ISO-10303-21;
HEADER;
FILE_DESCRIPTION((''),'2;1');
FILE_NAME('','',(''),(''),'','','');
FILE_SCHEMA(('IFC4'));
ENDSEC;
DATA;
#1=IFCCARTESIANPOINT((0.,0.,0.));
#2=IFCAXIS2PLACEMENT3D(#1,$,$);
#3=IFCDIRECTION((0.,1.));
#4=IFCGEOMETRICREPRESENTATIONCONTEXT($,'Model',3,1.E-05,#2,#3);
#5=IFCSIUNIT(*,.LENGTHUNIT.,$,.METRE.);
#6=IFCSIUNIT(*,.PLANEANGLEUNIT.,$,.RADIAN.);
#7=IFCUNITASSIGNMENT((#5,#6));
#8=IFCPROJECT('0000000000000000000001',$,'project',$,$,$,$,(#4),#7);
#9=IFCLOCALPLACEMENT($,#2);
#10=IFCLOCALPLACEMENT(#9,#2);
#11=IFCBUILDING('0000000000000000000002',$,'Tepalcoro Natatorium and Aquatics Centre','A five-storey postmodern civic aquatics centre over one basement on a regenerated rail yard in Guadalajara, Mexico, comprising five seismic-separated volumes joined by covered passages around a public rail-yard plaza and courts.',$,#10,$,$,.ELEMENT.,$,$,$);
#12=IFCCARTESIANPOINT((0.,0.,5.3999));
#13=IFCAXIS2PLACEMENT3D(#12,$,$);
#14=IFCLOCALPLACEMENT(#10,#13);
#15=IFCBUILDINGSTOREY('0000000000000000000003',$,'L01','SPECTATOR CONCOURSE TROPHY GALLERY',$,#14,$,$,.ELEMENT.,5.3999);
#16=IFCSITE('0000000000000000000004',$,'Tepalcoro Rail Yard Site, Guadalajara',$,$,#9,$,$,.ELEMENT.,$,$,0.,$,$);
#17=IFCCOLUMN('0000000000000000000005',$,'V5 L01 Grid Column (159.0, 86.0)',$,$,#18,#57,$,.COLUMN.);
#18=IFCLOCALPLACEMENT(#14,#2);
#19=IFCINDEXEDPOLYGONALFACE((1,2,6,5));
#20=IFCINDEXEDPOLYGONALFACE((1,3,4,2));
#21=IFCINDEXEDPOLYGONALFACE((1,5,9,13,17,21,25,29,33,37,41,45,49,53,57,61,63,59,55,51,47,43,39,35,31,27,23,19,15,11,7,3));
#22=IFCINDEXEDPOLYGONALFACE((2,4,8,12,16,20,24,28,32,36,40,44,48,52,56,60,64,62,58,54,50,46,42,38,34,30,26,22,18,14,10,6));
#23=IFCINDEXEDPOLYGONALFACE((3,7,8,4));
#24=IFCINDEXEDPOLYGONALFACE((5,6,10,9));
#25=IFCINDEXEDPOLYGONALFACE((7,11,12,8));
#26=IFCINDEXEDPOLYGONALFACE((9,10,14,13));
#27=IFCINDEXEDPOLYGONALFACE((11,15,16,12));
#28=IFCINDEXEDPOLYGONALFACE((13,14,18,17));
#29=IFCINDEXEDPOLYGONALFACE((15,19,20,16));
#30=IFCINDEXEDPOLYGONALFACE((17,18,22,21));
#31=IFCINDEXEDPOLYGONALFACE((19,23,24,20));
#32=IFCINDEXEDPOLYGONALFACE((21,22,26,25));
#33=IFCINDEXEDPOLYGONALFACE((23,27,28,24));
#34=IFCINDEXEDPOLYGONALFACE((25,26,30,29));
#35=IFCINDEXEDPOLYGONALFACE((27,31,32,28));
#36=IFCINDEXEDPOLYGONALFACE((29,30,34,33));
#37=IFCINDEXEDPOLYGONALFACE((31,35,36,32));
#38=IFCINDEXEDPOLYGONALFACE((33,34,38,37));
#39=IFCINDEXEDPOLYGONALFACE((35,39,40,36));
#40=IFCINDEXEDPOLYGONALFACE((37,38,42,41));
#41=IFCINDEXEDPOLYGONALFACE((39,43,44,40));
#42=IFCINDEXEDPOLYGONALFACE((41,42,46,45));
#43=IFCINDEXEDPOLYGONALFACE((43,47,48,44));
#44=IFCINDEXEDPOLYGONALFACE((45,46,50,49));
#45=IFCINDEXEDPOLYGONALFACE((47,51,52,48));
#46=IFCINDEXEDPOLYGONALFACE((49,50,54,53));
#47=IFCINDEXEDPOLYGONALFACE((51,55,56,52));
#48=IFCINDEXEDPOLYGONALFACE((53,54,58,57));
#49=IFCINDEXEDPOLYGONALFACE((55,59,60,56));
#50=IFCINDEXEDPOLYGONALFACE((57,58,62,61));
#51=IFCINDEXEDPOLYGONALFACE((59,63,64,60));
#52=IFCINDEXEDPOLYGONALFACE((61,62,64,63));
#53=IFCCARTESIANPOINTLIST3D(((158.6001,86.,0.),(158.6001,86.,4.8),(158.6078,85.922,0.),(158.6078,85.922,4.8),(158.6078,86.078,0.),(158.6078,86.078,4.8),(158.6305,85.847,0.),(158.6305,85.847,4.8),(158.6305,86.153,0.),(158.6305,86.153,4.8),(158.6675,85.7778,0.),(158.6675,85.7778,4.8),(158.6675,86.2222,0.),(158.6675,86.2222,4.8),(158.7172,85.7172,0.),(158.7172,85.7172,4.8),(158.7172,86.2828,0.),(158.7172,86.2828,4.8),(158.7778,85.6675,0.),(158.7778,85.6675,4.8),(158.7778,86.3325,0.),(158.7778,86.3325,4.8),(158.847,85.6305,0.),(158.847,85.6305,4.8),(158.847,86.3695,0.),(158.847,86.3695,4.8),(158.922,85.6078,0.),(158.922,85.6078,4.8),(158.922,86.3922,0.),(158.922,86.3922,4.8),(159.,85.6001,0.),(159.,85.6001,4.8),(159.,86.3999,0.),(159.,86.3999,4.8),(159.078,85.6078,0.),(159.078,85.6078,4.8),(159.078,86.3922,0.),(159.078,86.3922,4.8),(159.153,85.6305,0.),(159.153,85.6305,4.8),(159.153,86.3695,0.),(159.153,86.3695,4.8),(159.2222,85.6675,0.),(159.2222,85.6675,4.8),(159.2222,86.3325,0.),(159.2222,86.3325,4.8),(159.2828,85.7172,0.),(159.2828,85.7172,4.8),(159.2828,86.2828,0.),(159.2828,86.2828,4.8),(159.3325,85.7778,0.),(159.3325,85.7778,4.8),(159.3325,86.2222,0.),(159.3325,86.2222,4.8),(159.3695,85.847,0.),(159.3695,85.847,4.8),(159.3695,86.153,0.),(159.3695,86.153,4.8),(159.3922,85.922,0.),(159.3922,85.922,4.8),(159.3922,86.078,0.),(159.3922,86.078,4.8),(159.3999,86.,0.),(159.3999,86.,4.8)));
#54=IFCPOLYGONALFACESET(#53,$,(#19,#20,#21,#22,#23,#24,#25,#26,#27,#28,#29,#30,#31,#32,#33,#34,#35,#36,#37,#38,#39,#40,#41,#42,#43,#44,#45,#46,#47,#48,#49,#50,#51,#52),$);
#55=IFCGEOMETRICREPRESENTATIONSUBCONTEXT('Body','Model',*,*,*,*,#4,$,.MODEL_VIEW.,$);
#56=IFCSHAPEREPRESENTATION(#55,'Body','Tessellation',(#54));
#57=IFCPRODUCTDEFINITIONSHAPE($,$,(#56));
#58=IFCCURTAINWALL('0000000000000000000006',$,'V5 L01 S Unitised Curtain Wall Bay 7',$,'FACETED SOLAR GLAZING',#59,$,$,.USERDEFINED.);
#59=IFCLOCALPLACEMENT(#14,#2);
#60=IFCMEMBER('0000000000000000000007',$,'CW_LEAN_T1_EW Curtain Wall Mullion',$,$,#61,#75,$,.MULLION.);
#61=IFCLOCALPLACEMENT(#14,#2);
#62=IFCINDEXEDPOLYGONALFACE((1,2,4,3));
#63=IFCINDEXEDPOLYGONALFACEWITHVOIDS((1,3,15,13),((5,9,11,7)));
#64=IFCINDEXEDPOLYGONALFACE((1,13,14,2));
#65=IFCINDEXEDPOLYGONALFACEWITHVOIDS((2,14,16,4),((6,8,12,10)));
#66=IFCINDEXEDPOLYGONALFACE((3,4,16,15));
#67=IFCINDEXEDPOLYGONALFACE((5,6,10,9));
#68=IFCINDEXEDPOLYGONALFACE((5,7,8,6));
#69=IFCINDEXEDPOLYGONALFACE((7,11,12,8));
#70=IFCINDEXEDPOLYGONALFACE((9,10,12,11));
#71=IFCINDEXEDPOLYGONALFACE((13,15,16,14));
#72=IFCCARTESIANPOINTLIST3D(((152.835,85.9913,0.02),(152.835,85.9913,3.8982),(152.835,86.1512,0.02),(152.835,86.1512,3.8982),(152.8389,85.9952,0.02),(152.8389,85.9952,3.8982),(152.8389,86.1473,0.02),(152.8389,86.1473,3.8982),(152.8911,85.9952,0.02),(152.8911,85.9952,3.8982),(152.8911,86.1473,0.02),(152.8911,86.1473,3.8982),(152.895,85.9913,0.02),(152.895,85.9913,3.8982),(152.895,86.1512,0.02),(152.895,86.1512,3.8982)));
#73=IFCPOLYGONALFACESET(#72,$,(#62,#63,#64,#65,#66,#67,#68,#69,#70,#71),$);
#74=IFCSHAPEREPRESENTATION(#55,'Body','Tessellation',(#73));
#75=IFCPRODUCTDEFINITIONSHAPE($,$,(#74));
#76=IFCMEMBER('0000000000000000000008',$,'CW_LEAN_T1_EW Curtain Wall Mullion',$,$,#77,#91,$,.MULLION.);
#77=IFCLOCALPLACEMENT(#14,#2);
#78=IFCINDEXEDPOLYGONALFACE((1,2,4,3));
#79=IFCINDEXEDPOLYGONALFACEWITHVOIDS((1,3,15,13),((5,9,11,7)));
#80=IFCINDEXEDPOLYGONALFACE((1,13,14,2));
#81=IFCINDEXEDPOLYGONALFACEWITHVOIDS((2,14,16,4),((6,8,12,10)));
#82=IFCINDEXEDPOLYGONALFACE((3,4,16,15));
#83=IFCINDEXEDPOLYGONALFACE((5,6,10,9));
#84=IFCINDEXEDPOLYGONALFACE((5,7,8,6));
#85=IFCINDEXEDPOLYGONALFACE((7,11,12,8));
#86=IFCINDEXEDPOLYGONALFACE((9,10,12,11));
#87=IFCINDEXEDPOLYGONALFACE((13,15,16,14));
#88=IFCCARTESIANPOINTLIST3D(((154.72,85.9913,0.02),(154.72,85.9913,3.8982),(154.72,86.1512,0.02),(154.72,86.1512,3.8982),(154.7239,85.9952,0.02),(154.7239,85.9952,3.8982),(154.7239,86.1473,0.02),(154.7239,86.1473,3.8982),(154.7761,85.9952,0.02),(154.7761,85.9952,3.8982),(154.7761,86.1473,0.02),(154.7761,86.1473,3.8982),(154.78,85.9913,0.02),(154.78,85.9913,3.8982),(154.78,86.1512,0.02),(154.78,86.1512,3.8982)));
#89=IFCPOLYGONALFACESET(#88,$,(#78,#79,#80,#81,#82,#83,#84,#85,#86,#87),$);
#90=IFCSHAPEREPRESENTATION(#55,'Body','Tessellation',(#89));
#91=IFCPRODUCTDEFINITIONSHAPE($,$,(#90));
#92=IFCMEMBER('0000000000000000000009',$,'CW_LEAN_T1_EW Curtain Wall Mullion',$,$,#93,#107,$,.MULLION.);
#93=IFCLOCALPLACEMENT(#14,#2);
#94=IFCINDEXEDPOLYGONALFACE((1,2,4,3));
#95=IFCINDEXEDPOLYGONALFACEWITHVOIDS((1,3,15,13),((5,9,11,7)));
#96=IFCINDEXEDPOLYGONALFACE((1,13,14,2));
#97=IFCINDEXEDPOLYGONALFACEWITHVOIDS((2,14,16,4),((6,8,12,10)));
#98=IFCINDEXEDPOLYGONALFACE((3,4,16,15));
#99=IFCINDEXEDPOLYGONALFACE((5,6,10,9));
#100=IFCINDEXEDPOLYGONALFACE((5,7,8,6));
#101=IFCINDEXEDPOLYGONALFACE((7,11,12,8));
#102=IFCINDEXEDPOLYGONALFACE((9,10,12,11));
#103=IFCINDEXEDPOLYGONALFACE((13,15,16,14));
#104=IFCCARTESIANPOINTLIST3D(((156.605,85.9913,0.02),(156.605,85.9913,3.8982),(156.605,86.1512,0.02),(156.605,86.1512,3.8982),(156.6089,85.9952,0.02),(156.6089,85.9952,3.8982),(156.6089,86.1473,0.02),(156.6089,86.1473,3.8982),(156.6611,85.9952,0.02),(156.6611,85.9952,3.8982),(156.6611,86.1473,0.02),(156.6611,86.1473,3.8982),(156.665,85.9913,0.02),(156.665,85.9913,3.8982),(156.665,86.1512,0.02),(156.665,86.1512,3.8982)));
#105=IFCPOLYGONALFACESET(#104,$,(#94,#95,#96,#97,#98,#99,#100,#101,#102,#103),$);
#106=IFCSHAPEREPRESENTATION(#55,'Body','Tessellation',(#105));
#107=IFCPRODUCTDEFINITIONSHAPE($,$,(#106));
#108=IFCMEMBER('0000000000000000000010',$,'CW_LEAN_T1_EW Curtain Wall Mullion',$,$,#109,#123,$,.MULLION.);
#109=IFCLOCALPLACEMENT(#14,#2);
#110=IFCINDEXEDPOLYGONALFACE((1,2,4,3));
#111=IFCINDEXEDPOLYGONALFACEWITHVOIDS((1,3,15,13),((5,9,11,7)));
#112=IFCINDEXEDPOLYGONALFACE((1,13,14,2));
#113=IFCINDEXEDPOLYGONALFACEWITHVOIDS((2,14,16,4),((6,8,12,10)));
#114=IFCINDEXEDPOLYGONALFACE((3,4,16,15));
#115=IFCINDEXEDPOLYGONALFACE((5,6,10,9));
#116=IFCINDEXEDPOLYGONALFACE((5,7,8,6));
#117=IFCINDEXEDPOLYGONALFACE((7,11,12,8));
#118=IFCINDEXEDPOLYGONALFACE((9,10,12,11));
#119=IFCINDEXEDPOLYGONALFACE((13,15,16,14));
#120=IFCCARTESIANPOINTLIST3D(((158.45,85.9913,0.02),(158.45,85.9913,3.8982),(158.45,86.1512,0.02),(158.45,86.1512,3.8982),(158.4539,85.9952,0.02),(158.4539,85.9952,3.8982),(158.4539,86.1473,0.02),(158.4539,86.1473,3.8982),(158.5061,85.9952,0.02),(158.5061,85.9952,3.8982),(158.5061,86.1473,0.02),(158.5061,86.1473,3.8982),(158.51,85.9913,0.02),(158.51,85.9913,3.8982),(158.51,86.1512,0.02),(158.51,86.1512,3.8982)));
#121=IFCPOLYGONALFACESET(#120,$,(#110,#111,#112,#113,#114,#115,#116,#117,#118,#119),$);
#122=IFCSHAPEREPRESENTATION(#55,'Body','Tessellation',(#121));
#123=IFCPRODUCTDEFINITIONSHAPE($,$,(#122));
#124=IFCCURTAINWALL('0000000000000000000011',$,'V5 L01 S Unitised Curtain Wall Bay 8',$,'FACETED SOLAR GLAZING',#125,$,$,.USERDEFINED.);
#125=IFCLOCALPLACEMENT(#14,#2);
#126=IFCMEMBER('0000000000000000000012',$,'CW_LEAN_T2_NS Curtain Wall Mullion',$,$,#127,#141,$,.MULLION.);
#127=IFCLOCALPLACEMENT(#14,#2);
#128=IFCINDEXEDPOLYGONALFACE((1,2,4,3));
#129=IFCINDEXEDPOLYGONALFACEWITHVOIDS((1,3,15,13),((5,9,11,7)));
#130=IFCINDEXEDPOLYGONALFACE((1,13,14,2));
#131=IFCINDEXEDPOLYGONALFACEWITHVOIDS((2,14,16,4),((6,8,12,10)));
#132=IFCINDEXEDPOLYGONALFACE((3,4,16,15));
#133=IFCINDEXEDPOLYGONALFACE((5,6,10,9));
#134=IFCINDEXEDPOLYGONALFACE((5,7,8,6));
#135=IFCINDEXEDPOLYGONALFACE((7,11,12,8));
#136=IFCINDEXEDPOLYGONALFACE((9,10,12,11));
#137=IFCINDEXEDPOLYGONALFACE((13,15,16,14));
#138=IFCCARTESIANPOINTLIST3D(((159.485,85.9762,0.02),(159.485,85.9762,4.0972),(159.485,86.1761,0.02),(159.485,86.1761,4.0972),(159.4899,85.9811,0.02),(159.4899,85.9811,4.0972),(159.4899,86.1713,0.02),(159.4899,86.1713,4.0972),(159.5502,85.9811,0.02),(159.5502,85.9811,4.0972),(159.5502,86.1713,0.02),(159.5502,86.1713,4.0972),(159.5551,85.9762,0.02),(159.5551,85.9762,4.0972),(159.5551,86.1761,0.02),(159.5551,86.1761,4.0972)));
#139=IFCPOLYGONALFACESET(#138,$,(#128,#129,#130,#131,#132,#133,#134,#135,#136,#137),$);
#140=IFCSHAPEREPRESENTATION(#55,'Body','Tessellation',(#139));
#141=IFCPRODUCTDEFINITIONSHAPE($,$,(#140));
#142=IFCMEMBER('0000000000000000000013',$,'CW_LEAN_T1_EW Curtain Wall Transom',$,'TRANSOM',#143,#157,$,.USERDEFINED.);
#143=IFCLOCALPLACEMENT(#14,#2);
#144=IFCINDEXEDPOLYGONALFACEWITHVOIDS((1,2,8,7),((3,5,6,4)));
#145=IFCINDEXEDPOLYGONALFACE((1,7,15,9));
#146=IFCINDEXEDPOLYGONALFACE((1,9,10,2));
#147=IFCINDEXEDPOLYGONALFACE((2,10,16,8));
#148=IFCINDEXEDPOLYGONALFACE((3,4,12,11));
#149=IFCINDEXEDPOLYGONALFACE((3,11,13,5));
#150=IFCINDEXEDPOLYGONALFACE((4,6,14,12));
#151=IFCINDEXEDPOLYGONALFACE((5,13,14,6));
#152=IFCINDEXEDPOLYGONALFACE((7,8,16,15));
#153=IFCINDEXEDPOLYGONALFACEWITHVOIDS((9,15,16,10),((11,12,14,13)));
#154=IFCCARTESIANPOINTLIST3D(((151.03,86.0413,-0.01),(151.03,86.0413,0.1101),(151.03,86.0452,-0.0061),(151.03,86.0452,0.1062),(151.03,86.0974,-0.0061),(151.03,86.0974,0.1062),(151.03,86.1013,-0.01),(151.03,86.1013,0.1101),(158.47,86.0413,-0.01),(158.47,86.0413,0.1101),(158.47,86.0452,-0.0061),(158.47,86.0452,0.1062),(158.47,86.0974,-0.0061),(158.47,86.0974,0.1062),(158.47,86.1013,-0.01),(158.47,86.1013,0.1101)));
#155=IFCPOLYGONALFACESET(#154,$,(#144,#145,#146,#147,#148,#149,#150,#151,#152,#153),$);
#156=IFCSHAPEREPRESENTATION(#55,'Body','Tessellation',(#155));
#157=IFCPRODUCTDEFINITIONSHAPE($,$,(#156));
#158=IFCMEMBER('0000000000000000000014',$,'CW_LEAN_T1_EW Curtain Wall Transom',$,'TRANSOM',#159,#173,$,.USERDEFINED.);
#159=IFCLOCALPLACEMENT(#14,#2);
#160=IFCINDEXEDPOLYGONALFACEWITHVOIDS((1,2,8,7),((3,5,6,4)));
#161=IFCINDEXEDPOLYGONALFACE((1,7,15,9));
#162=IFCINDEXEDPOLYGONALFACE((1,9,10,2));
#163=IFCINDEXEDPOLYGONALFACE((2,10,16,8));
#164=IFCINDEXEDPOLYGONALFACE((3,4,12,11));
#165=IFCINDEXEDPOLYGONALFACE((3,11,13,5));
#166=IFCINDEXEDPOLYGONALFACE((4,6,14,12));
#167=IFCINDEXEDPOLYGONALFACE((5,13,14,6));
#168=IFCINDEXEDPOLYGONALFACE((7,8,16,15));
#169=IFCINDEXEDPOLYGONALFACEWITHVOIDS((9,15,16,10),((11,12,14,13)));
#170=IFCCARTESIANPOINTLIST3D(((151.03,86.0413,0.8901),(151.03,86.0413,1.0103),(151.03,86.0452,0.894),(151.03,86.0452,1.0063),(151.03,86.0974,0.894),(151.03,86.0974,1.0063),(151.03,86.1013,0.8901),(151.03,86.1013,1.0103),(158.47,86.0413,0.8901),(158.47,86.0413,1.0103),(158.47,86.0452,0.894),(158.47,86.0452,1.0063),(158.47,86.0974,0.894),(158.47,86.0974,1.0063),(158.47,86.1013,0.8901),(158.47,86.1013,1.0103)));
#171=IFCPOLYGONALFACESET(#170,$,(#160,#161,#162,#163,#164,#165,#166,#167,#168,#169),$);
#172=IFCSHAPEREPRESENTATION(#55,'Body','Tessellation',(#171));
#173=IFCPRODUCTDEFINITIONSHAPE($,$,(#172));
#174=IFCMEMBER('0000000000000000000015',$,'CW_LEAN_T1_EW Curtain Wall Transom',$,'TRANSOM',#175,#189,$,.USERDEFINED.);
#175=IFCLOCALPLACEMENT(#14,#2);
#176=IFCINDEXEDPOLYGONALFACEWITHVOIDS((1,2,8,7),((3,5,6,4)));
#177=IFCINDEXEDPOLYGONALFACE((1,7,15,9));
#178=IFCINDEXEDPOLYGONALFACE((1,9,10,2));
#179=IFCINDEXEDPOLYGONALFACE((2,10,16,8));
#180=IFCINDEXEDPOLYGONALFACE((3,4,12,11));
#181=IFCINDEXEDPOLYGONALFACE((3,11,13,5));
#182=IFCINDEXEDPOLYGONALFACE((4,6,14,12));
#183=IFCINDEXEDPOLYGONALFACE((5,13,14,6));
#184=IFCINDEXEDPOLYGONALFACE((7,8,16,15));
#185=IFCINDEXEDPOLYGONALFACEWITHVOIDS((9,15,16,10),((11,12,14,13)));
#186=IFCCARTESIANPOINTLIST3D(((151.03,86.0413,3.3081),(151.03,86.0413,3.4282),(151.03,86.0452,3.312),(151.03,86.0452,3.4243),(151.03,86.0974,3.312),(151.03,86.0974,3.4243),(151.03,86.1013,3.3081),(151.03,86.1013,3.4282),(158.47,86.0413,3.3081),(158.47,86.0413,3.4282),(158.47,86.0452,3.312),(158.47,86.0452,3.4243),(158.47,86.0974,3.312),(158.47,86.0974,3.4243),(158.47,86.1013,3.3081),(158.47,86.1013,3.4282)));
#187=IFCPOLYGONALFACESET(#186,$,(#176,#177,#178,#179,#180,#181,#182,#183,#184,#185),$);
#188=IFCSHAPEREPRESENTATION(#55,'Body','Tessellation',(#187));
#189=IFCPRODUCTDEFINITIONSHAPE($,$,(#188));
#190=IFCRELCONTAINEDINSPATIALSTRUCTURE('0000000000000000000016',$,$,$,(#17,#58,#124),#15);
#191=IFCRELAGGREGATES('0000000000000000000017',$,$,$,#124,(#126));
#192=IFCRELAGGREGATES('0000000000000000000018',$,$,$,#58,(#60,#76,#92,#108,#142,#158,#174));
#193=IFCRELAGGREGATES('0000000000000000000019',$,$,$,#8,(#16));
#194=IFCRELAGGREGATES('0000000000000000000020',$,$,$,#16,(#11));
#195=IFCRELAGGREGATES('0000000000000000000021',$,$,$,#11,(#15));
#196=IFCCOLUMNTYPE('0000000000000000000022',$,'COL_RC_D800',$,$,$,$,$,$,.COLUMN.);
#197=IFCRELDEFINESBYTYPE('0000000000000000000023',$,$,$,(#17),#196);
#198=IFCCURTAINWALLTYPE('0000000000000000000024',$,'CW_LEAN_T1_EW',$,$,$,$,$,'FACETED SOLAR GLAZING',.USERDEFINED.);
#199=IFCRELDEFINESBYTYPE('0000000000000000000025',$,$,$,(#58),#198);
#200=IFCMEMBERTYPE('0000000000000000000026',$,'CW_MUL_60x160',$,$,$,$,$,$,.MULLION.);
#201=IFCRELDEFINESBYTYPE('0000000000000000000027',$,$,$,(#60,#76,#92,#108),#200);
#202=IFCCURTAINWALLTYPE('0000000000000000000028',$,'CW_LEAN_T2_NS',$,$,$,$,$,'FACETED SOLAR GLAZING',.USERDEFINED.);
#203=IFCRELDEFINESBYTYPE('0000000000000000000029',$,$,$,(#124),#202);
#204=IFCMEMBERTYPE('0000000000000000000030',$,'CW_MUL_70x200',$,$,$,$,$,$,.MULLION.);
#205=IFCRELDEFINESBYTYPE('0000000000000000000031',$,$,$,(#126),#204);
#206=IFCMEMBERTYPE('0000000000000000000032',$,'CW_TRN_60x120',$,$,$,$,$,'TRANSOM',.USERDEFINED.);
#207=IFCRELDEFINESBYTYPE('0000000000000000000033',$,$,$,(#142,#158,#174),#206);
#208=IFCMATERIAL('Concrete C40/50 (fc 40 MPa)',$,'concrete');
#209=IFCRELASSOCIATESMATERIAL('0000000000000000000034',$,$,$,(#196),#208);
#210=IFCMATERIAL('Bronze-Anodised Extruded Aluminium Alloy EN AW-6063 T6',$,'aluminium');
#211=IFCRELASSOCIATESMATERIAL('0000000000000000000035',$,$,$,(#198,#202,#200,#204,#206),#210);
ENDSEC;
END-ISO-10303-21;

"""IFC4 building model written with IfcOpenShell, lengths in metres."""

from ifc_helpers import new_model, si_unit, direction, frame, origin, origin_2d, place, context, subcontext, project, spatial, hollow_rectangle, circle, extrude, material, material_profile, profile_set, type_object, element, aggregate, save


model = new_model("IFC4")

# Units and contexts
model_context = context("Model", 3, precision=1e-05, world=origin(), true_north=direction((0.0, 1.0)))
body_context = subcontext(model_context, "Body", "Model", "MODEL_VIEW")
ifc_project = project(units=[si_unit("LENGTHUNIT", "METRE"), si_unit("PLANEANGLEUNIT", "RADIAN")], contexts=[model_context])

# Site, building, storey
site_placement = place(None, origin())
site = spatial("IfcSite", under=ifc_project, at=site_placement, Name="Tepalcoro Rail Yard Site, Guadalajara", CompositionType="ELEMENT", RefElevation=0.0)
building_placement = place(site_placement, origin())
building = spatial("IfcBuilding", under=site, at=building_placement, Name="Tepalcoro Natatorium and Aquatics Centre", Description="A five-storey postmodern civic aquatics centre over one basement on a regenerated rail yard in Guadalajara, Mexico, comprising five seismic-separated volumes joined by covered passages around a public rail-yard plaza and courts.", CompositionType="ELEMENT")
storey_placement = place(building_placement, frame((0.0, 0.0, 5.3999)))
storey = spatial("IfcBuildingStorey", under=building, at=storey_placement, Name="L01", Description="SPECTATOR CONCOURSE TROPHY GALLERY", CompositionType="ELEMENT", Elevation=5.3999)

# Column
ifc_material_1 = material(Name="Concrete C40/50 (fc 40 MPa)", Category="concrete")
ifc_material_profile_1 = material_profile(ifc_material_1, circle(Radius=0.3999, at=origin_2d()), Name="RCD800")
ifc_profile_set_1 = profile_set([ifc_material_profile_1], Name="Concrete C40/50 (fc 40 MPa)")
column_type = type_object("IfcColumnType", Name="COL_RC_D800", PredefinedType="COLUMN", material=ifc_profile_set_1)
column_placement = place(storey_placement, frame((159.0, 86.0, 0.0), z_axis=(0.0, 0.0, 1.0), x_axis=(1.0, 0.0, 0.0)))
element("IfcColumn", 1, at=column_placement, inside=storey, type_object=column_type, Name="V5 L01 Grid Column (159.0, 86.0)", PredefinedType="COLUMN", context=body_context, shape_type="SweptSolid", body=[
    extrude(circle(Radius=0.3999, at=origin_2d()), origin(), (0.0, 0.0, 1.0), 4.8),
])

# Curtain wall, members
ifc_material_2 = material(Name="Bronze-Anodised Extruded Aluminium Alloy EN AW-6063 T6", Category="aluminium")
curtain_wall_type_1 = type_object("IfcCurtainWallType", Name="CW_LEAN_T1_EW", ElementType="FACETED SOLAR GLAZING", PredefinedType="USERDEFINED", material=ifc_material_2)
curtain_wall_1_placement = place(storey_placement, origin())
curtain_wall_1 = element("IfcCurtainWall", 2, at=curtain_wall_1_placement, inside=storey, type_object=curtain_wall_type_1, Name="V5 L01 S Unitised Curtain Wall Bay 7", ObjectType="FACETED SOLAR GLAZING", PredefinedType="USERDEFINED")
ifc_material_profile_2 = material_profile(ifc_material_2, hollow_rectangle(XDim=0.0601, YDim=0.1599, WallThickness=0.0039, at=origin_2d()), Name="AL60X160X4")
ifc_profile_set_2 = profile_set([ifc_material_profile_2], Name="Bronze-Anodised Extruded Aluminium Alloy EN AW-6063 T6")
member_type_1 = type_object("IfcMemberType", Name="CW_MUL_60x160", PredefinedType="MULLION", material=ifc_profile_set_2)
member_1_placement = place(storey_placement, frame((152.865, 86.0713, 0.02), z_axis=(0.0, 0.0, 1.0), x_axis=(1.0, 0.0, 0.0)))
member_1 = element("IfcMember", 3, at=member_1_placement, type_object=member_type_1, Name="CW_LEAN_T1_EW Curtain Wall Mullion", PredefinedType="MULLION", context=body_context, shape_type="SweptSolid", body=[
    extrude(hollow_rectangle(XDim=0.0601, YDim=0.1599, WallThickness=0.0039, at=origin_2d()), origin(), (0.0, 0.0, 1.0), 3.8782),
])
member_2_placement = place(storey_placement, frame((154.75, 86.0713, 0.02), z_axis=(0.0, 0.0, 1.0), x_axis=(1.0, 0.0, 0.0)))
member_2 = element("IfcMember", 4, at=member_2_placement, type_object=member_type_1, Name="CW_LEAN_T1_EW Curtain Wall Mullion", PredefinedType="MULLION", context=body_context, shape_type="SweptSolid", body=[
    extrude(hollow_rectangle(XDim=0.0601, YDim=0.1599, WallThickness=0.0039, at=origin_2d()), origin(), (0.0, 0.0, 1.0), 3.8782),
])
member_3_placement = place(storey_placement, frame((156.635, 86.0713, 0.02), z_axis=(0.0, 0.0, 1.0), x_axis=(1.0, 0.0, 0.0)))
member_3 = element("IfcMember", 5, at=member_3_placement, type_object=member_type_1, Name="CW_LEAN_T1_EW Curtain Wall Mullion", PredefinedType="MULLION", context=body_context, shape_type="SweptSolid", body=[
    extrude(hollow_rectangle(XDim=0.0601, YDim=0.1599, WallThickness=0.0039, at=origin_2d()), origin(), (0.0, 0.0, 1.0), 3.8782),
])
member_4_placement = place(storey_placement, frame((158.48, 86.0713, 0.02), z_axis=(0.0, 0.0, 1.0), x_axis=(1.0, 0.0, 0.0)))
member_4 = element("IfcMember", 6, at=member_4_placement, type_object=member_type_1, Name="CW_LEAN_T1_EW Curtain Wall Mullion", PredefinedType="MULLION", context=body_context, shape_type="SweptSolid", body=[
    extrude(hollow_rectangle(XDim=0.0601, YDim=0.1599, WallThickness=0.0039, at=origin_2d()), origin(), (0.0, 0.0, 1.0), 3.8782),
])

# Curtain wall, member
curtain_wall_type_2 = type_object("IfcCurtainWallType", Name="CW_LEAN_T2_NS", ElementType="FACETED SOLAR GLAZING", PredefinedType="USERDEFINED", material=ifc_material_2)
curtain_wall_2_placement = place(storey_placement, origin())
curtain_wall_2 = element("IfcCurtainWall", 7, at=curtain_wall_2_placement, inside=storey, type_object=curtain_wall_type_2, Name="V5 L01 S Unitised Curtain Wall Bay 8", ObjectType="FACETED SOLAR GLAZING", PredefinedType="USERDEFINED")
ifc_material_profile_3 = material_profile(ifc_material_2, hollow_rectangle(XDim=0.0701, YDim=0.2, WallThickness=0.0049, at=origin_2d()), Name="AL70X200X5")
ifc_profile_set_3 = profile_set([ifc_material_profile_3], Name="Bronze-Anodised Extruded Aluminium Alloy EN AW-6063 T6")
member_type_2 = type_object("IfcMemberType", Name="CW_MUL_70x200", PredefinedType="MULLION", material=ifc_profile_set_3)
member_5_placement = place(storey_placement, frame((159.52, 86.0762, 0.02), z_axis=(0.0, 0.0, 1.0), x_axis=(1.0, 0.0, 0.0)))
member_5 = element("IfcMember", 8, at=member_5_placement, type_object=member_type_2, Name="CW_LEAN_T2_NS Curtain Wall Mullion", PredefinedType="MULLION", context=body_context, shape_type="SweptSolid", body=[
    extrude(hollow_rectangle(XDim=0.0701, YDim=0.2, WallThickness=0.0049, at=origin_2d()), origin(), (0.0, 0.0, 1.0), 4.0771),
])

# Members
ifc_material_profile_4 = material_profile(ifc_material_2, hollow_rectangle(XDim=0.0601, YDim=0.1201, WallThickness=0.0039, at=origin_2d()), Name="AL60X120X4")
ifc_profile_set_4 = profile_set([ifc_material_profile_4], Name="Bronze-Anodised Extruded Aluminium Alloy EN AW-6063 T6")
member_type_3 = type_object("IfcMemberType", Name="CW_TRN_60x120", ElementType="TRANSOM", PredefinedType="USERDEFINED", material=ifc_profile_set_4)
member_6_placement = place(storey_placement, frame((151.03, 86.0713, 0.05), z_axis=(1.0, 0.0, 0.0), x_axis=(0.0, 1.0, 0.0)))
member_6 = element("IfcMember", 9, at=member_6_placement, type_object=member_type_3, Name="CW_LEAN_T1_EW Curtain Wall Transom", ObjectType="TRANSOM", PredefinedType="USERDEFINED", context=body_context, shape_type="SweptSolid", body=[
    extrude(hollow_rectangle(XDim=0.0601, YDim=0.1201, WallThickness=0.0039, at=origin_2d()), origin(), (0.0, 0.0, 1.0), 7.4399),
])
member_7_placement = place(storey_placement, frame((151.03, 86.0713, 0.9502), z_axis=(1.0, 0.0, 0.0), x_axis=(0.0, 1.0, 0.0)))
member_7 = element("IfcMember", 10, at=member_7_placement, type_object=member_type_3, Name="CW_LEAN_T1_EW Curtain Wall Transom", ObjectType="TRANSOM", PredefinedType="USERDEFINED", context=body_context, shape_type="SweptSolid", body=[
    extrude(hollow_rectangle(XDim=0.0601, YDim=0.1201, WallThickness=0.0039, at=origin_2d()), origin(), (0.0, 0.0, 1.0), 7.4399),
])
member_8_placement = place(storey_placement, frame((151.03, 86.0713, 3.3682), z_axis=(1.0, 0.0, 0.0), x_axis=(0.0, 1.0, 0.0)))
member_8 = element("IfcMember", 11, at=member_8_placement, type_object=member_type_3, Name="CW_LEAN_T1_EW Curtain Wall Transom", ObjectType="TRANSOM", PredefinedType="USERDEFINED", context=body_context, shape_type="SweptSolid", body=[
    extrude(hollow_rectangle(XDim=0.0601, YDim=0.1201, WallThickness=0.0039, at=origin_2d()), origin(), (0.0, 0.0, 1.0), 7.4399),
])
aggregate(curtain_wall_2, [member_5])

aggregate(curtain_wall_1, [member_1, member_2, member_3, member_4, member_6, member_7, member_8])

save(model, "model.ifc")
